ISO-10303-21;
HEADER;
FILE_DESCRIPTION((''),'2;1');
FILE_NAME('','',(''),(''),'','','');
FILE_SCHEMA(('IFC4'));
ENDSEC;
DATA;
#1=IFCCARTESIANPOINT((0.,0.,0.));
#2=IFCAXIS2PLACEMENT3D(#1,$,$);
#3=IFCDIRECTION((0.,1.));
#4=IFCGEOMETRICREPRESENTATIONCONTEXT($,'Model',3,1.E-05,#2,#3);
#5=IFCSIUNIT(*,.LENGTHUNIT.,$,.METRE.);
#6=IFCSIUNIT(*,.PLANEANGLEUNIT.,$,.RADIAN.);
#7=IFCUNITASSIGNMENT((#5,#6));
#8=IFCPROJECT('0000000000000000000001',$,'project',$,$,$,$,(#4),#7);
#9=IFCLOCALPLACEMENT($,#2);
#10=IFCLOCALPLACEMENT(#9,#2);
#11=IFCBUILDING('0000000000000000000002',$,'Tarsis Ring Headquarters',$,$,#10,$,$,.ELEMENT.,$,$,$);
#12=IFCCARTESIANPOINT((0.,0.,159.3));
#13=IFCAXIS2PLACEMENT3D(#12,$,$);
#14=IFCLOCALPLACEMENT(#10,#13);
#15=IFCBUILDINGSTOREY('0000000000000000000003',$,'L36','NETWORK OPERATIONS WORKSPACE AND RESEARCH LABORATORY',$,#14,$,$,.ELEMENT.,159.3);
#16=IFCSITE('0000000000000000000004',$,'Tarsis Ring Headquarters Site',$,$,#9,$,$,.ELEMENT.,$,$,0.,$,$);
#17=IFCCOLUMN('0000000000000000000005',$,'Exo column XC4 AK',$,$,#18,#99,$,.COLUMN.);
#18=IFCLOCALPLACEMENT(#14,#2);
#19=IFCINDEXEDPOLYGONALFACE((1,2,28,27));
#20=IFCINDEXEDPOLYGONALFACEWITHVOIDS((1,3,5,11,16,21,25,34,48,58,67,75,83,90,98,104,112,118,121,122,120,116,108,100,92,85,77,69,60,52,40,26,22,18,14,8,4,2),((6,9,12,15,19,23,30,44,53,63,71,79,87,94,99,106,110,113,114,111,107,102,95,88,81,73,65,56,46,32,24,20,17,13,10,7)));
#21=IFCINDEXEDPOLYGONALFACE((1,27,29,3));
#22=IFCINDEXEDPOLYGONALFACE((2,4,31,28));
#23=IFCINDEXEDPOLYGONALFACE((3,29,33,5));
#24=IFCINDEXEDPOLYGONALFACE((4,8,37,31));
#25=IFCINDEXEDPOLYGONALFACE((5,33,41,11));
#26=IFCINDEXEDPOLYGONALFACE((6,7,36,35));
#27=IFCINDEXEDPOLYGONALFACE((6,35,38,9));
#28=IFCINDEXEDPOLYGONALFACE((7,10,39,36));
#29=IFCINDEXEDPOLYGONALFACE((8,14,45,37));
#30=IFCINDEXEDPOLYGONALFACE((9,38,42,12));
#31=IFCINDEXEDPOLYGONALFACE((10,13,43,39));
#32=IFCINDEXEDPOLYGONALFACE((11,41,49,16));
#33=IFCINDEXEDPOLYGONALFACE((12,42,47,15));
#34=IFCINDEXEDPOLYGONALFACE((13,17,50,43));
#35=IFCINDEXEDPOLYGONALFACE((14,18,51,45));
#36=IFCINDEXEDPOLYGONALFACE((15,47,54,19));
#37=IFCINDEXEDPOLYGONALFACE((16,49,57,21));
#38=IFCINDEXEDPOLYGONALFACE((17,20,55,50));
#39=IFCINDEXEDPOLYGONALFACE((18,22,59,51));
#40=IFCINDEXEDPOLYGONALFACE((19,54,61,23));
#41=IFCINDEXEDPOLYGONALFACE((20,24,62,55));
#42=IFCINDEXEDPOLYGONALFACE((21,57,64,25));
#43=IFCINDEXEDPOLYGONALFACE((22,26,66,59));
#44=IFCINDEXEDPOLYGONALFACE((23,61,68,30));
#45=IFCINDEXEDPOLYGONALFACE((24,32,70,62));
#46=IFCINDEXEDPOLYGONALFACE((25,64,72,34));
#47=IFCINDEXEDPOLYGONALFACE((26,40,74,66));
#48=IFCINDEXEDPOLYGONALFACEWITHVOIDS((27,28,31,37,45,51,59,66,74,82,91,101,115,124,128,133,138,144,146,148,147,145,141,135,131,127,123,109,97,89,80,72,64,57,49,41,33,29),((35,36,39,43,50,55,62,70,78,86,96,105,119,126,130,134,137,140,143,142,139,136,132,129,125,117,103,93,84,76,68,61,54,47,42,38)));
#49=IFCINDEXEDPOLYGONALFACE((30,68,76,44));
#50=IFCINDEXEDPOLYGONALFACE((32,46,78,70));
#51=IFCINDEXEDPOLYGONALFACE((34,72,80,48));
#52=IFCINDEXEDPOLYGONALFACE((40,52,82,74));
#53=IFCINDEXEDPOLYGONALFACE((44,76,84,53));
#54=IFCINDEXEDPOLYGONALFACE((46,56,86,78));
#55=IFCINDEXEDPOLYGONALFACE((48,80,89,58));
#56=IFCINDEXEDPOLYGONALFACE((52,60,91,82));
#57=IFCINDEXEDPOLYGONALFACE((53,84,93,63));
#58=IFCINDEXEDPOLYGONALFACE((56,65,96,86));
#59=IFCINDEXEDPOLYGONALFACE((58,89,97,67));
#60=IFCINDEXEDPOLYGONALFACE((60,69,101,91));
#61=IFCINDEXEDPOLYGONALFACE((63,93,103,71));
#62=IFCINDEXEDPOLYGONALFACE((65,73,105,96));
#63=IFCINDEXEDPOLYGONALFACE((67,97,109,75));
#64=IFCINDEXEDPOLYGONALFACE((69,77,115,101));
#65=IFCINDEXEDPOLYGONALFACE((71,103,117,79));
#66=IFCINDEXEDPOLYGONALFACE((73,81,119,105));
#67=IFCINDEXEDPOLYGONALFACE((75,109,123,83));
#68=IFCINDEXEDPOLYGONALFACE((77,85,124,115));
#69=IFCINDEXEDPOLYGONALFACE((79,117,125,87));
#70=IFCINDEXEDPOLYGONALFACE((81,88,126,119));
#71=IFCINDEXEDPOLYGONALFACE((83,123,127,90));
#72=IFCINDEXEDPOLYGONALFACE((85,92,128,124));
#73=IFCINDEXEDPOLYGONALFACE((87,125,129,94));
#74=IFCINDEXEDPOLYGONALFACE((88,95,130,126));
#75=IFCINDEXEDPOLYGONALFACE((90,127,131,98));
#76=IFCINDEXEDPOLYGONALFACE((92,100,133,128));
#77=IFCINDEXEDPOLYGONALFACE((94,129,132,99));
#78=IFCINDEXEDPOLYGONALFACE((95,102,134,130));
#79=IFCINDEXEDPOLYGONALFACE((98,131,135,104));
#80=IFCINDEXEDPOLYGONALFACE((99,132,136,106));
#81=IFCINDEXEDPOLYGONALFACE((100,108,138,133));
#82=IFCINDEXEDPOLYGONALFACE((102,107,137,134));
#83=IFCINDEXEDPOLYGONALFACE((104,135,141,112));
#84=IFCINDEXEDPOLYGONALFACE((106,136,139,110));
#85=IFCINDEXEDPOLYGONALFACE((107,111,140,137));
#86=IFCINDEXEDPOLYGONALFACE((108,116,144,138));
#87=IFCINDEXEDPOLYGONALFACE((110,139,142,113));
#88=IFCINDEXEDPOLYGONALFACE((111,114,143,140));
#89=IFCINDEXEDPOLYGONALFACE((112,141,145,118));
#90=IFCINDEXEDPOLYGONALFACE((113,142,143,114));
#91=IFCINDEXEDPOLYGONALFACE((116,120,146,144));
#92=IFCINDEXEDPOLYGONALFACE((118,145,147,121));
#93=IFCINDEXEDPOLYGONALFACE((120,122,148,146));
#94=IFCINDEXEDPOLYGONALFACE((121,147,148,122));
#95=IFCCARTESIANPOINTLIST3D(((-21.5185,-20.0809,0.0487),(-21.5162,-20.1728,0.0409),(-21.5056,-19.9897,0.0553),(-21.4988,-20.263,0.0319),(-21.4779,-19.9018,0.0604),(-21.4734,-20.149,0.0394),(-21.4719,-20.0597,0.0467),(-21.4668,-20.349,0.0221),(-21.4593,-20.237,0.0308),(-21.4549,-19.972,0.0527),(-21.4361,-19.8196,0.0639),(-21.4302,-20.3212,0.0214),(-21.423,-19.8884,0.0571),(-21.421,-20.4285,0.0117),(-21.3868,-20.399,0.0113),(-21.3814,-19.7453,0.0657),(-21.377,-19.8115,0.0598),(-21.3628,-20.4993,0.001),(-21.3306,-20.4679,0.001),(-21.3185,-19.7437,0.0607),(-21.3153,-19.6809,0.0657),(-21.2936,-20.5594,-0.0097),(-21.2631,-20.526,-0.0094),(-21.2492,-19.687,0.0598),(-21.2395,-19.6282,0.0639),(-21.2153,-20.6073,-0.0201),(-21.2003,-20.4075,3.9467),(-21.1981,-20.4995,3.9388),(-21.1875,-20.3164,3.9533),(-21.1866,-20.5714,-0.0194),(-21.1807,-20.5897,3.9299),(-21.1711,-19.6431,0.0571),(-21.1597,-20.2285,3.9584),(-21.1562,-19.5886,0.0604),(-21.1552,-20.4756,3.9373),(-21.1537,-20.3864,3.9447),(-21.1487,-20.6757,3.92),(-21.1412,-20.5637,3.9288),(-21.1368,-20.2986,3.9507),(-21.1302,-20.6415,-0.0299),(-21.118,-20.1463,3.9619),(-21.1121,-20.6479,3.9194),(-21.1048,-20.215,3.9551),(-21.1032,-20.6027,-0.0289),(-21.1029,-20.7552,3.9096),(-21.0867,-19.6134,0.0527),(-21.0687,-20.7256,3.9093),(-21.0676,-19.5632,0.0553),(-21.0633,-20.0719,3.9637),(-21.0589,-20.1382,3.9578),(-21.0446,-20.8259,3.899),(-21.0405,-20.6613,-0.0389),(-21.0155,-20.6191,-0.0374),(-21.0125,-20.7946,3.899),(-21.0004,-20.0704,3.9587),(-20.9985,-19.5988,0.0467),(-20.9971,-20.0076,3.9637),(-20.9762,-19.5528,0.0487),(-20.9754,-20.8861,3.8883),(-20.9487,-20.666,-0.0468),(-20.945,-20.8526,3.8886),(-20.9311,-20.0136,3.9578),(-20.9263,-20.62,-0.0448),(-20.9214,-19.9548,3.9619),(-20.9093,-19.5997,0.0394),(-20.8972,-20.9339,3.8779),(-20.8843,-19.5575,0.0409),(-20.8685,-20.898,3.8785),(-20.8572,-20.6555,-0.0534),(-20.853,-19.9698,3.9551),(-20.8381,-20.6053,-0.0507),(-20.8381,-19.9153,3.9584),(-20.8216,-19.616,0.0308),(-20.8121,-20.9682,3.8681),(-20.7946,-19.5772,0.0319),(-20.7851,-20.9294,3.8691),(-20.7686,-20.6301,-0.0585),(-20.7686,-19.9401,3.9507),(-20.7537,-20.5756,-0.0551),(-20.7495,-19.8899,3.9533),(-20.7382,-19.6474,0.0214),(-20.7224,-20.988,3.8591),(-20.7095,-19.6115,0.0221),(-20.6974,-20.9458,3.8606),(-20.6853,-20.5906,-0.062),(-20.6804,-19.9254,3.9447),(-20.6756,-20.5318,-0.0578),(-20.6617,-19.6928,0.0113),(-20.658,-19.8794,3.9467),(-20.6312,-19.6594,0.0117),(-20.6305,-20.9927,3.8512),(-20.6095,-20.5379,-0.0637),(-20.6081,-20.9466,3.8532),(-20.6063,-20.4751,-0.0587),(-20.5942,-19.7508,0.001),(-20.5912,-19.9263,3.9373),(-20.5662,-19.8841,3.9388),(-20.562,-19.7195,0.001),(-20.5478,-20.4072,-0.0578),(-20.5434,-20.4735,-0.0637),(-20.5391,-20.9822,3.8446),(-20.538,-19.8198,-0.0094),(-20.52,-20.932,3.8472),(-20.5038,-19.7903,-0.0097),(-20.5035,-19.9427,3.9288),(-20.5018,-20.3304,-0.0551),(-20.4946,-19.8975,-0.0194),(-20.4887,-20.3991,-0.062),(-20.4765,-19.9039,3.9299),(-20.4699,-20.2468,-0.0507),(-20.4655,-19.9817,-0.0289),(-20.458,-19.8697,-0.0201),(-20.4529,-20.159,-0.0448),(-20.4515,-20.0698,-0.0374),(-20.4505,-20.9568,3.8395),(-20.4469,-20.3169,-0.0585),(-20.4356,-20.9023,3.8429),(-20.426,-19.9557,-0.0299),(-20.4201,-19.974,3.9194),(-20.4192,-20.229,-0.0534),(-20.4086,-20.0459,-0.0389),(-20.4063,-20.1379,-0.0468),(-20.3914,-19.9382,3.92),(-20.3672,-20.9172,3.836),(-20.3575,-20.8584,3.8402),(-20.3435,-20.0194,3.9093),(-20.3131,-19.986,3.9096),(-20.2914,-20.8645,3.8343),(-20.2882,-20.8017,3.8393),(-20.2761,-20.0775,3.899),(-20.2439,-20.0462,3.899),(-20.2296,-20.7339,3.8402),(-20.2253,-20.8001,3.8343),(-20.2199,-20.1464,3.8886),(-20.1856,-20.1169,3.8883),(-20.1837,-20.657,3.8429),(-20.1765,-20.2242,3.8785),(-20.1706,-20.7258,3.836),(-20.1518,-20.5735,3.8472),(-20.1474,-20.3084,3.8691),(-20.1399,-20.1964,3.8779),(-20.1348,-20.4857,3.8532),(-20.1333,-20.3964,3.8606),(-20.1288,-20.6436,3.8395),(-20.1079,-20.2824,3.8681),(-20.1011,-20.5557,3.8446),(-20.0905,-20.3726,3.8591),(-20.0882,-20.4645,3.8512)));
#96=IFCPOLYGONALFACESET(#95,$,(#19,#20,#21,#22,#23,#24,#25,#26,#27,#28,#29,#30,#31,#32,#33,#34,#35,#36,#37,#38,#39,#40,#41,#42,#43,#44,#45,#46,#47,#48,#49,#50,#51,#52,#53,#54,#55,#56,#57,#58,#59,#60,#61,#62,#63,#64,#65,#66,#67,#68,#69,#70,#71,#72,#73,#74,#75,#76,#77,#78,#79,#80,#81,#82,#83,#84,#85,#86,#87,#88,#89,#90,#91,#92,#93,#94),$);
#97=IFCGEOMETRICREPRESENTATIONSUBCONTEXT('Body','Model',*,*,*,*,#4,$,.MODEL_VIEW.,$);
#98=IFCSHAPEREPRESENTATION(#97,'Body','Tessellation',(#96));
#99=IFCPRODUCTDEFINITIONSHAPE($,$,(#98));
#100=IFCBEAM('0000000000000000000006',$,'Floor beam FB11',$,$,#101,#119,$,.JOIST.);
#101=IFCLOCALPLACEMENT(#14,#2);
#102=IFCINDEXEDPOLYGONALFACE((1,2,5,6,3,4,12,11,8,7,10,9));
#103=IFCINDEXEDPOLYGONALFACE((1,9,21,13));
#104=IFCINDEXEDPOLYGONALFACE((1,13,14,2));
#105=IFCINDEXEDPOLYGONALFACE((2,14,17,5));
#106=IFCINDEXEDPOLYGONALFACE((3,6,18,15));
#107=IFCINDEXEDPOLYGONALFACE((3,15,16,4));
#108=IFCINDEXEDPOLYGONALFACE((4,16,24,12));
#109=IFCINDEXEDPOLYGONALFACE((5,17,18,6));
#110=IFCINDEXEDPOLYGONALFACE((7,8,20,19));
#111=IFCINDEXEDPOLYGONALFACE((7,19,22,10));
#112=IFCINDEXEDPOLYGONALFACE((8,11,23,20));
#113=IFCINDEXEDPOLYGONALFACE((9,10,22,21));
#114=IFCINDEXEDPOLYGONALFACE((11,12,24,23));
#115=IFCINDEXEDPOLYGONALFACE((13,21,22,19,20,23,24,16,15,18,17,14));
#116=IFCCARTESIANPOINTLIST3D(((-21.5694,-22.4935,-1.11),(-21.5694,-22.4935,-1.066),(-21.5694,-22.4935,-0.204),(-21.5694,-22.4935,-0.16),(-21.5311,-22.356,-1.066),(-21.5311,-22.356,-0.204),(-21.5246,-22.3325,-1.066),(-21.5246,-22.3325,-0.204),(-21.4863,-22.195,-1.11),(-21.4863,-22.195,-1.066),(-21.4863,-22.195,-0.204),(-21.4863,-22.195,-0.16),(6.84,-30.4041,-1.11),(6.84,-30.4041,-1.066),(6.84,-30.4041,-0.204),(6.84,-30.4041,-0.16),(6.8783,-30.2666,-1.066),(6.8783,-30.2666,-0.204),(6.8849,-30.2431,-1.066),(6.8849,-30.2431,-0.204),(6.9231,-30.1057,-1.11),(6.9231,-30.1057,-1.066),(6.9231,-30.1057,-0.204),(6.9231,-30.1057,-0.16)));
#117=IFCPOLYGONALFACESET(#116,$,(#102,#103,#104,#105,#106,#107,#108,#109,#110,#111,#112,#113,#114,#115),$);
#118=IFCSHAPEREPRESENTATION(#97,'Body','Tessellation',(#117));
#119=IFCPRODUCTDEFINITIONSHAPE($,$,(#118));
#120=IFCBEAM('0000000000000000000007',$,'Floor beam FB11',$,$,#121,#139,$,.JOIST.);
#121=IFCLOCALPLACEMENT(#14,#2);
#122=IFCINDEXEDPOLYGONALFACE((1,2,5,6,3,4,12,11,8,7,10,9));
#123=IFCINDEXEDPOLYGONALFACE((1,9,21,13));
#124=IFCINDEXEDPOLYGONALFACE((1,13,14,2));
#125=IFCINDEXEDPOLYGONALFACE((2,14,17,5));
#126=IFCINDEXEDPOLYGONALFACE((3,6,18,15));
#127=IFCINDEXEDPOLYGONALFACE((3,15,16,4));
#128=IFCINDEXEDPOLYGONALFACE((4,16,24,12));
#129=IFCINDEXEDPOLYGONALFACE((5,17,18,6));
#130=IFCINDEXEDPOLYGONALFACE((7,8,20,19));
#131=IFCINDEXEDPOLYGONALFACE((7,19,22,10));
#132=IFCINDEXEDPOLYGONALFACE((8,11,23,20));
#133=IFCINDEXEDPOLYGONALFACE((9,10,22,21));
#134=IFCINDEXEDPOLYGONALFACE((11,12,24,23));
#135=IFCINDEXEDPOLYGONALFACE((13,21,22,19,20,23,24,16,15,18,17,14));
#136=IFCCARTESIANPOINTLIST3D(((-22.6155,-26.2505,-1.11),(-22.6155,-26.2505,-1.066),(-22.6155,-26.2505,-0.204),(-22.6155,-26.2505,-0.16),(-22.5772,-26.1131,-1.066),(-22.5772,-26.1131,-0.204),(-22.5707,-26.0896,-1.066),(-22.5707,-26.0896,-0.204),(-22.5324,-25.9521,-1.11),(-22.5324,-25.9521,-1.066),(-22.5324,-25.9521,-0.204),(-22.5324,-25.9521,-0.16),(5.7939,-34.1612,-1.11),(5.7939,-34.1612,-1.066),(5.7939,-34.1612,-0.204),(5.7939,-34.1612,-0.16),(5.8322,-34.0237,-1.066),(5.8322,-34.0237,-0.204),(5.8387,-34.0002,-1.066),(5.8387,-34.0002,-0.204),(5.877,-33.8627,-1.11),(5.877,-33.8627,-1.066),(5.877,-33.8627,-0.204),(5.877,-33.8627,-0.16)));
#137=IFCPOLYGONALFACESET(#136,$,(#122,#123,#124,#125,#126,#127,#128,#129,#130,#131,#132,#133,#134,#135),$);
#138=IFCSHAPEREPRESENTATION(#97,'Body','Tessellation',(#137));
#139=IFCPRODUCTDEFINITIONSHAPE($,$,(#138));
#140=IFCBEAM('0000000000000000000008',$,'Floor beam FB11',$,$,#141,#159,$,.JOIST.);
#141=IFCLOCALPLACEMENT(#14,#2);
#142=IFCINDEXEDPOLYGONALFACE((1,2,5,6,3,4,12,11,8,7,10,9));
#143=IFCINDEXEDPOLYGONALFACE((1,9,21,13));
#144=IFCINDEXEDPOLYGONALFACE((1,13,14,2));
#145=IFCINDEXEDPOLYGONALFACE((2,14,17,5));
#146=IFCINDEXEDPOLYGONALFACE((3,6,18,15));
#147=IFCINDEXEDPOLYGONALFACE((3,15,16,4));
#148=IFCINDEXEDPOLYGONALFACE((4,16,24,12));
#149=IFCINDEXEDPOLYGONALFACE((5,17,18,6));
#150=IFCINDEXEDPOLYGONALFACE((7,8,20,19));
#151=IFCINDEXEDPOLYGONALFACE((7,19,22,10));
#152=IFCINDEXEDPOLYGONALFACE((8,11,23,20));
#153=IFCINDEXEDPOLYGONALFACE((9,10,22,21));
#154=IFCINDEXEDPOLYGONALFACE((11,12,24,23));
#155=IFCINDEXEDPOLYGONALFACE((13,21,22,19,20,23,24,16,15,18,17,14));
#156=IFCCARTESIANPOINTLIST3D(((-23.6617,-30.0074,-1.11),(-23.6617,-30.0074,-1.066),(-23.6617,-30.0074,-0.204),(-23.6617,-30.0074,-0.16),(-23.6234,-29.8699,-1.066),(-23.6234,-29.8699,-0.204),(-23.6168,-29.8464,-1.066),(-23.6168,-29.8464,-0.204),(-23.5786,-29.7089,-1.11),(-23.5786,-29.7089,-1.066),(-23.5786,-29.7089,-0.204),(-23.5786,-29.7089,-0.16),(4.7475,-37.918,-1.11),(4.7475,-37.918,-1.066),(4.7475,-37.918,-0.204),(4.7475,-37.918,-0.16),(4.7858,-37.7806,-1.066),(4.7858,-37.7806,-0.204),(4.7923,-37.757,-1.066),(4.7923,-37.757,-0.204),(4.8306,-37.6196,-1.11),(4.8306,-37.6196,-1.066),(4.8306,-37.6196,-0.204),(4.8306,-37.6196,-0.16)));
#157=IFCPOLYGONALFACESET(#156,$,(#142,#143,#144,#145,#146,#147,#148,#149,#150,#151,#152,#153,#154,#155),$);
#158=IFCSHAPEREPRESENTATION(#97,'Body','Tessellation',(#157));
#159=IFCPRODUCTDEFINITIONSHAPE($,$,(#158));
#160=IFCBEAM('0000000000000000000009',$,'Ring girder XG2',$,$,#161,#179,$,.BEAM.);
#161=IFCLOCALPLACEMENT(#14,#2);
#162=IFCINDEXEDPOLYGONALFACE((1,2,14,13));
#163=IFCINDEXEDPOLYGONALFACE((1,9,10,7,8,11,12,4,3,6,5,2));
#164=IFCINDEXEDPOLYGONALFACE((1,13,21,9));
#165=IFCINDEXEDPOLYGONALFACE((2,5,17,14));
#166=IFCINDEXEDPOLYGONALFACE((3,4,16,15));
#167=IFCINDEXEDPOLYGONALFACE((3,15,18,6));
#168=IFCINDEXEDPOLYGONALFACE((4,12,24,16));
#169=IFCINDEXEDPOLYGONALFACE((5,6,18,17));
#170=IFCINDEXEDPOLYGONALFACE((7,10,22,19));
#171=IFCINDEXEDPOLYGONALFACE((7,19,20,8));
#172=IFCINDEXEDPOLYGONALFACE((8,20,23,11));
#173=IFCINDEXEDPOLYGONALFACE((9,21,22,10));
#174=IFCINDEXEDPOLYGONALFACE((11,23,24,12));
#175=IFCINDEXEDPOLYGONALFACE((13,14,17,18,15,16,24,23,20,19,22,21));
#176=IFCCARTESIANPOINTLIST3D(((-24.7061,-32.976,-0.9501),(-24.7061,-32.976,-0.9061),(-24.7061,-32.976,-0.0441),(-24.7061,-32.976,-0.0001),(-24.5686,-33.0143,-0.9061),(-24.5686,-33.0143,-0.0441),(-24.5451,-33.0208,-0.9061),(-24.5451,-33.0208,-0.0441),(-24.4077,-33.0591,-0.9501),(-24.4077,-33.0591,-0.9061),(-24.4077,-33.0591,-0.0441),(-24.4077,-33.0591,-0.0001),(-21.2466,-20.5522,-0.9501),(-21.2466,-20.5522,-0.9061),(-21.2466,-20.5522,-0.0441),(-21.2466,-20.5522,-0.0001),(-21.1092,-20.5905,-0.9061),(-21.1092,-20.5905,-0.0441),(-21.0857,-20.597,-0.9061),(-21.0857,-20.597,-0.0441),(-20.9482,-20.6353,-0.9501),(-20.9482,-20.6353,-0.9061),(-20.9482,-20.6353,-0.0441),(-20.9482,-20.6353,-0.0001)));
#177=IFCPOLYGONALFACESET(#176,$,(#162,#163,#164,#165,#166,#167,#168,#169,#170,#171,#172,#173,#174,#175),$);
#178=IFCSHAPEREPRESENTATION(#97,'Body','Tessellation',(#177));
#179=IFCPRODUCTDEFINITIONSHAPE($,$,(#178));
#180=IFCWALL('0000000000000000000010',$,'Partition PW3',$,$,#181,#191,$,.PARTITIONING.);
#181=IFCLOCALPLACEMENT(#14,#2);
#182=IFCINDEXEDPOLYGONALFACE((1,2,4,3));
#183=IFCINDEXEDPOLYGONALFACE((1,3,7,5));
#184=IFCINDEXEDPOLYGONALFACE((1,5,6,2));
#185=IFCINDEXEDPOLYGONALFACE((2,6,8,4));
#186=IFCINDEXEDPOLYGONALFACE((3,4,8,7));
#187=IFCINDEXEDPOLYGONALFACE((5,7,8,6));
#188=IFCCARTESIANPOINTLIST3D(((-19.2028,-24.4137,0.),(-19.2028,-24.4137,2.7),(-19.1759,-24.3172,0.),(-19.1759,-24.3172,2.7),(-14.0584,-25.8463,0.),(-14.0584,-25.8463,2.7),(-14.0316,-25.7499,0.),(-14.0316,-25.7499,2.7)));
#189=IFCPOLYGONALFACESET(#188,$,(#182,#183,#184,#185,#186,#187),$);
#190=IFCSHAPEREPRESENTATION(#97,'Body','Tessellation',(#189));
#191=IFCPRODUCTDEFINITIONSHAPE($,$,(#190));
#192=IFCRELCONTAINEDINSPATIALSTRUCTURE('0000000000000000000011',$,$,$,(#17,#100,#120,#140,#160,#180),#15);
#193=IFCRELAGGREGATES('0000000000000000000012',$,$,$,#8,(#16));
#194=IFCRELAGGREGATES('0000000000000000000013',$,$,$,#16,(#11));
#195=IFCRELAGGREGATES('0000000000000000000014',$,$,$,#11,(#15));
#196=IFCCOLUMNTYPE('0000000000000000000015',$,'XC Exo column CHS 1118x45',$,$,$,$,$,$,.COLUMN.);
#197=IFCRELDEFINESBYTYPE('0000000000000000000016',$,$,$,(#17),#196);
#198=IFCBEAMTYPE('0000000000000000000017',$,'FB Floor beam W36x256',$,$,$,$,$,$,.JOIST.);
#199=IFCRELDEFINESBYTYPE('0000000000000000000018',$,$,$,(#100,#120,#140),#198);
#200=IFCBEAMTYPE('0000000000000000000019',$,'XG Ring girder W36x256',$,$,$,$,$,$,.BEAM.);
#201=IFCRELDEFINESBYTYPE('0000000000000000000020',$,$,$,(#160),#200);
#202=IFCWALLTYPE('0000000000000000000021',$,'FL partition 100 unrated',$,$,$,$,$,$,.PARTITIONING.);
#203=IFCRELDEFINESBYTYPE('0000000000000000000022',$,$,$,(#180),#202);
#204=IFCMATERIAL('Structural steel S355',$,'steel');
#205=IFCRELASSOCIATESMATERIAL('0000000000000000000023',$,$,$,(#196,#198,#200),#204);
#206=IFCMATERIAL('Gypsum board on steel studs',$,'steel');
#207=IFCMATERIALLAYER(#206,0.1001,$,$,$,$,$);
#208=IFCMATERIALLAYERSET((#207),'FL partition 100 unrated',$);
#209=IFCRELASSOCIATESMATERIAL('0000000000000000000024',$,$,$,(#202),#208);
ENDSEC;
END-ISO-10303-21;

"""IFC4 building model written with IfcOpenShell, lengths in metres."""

from ifc_helpers import new_model, si_unit, direction, frame, frame_2d, origin, origin_2d, place, context, subcontext, project, spatial, rectangle, hollow_circle, i_section, extrude, material, layer, layer_set, material_profile, profile_set, type_object, element, save


model = new_model("IFC4")

# Units and contexts
model_context = context("Model", 3, precision=1e-05, world=origin(), true_north=direction((0.0, 1.0)))
body_context = subcontext(model_context, "Body", "Model", "MODEL_VIEW")
ifc_project = project(units=[si_unit("LENGTHUNIT", "METRE"), si_unit("PLANEANGLEUNIT", "RADIAN")], contexts=[model_context])

# Site, building, storey
site_placement = place(None, origin())
site = spatial("IfcSite", under=ifc_project, at=site_placement, Name="Tarsis Ring Headquarters Site", CompositionType="ELEMENT", RefElevation=0.0)
building_placement = place(site_placement, origin())
building = spatial("IfcBuilding", under=site, at=building_placement, Name="Tarsis Ring Headquarters", CompositionType="ELEMENT")
storey_placement = place(building_placement, frame((0.0, 0.0, 159.3)))
storey = spatial("IfcBuildingStorey", under=building, at=storey_placement, Name="L36", Description="NETWORK OPERATIONS WORKSPACE AND RESEARCH LABORATORY", CompositionType="ELEMENT", Elevation=159.3)

# Column
ifc_material_1 = material(Name="Structural steel S355", Category="steel")
ifc_material_profile_1 = material_profile(ifc_material_1, hollow_circle(Radius=0.5588, WallThickness=0.0449, at=origin_2d()), Name="CHS 1118x45")
ifc_profile_set_1 = profile_set([ifc_material_profile_1], Name="Structural steel S355")
column_type = type_object("IfcColumnType", Name="XC Exo column CHS 1118x45", PredefinedType="COLUMN", material=ifc_profile_set_1)
column_placement = place(storey_placement, frame((-20.9624, -20.1094, 0.001), z_axis=(0.081058, -0.083236, 0.993228), x_axis=(0.716415, 0.697675, 0.0)))
element("IfcColumn", 1, at=column_placement, inside=storey, type_object=column_type, Name="Exo column XC4 AK", PredefinedType="COLUMN", context=body_context, shape_type="SweptSolid", body=[
    extrude(hollow_circle(Radius=0.5588, WallThickness=0.0449, at=origin_2d()), origin(), (0.0, 0.0, 1.0), 3.9246),
])

# Beams
ifc_material_profile_2 = material_profile(ifc_material_1, i_section(OverallWidth=0.3098, OverallDepth=0.95, WebThickness=0.0244, FlangeThickness=0.0439, at=origin_2d()), Name="W36x256")
ifc_profile_set_2 = profile_set([ifc_material_profile_2], Name="Structural steel S355")
beam_type_1 = type_object("IfcBeamType", Name="FB Floor beam W36x256", PredefinedType="JOIST", material=ifc_profile_set_2)
for number, where, z_axis, x_axis, name in (
    (2, (-21.5278, -22.3442, -0.635), (0.96335, -0.268246, 0.0), (0.268246, 0.96335, 0.0), "Floor beam FB11"),
    (3, (-22.574, -26.1013, -0.635), (0.96335, -0.268246, 0.0), (0.268246, 0.96335, 0.0), "Floor beam FB11"),
):
    element("IfcBeam", number, at=place(storey_placement, frame(where, z_axis=z_axis, x_axis=x_axis)), inside=storey, type_object=beam_type_1, Name=name, PredefinedType="JOIST", context=body_context, shape_type="SweptSolid", body=[
        extrude(i_section(OverallWidth=0.3098, OverallDepth=0.95, WebThickness=0.0244, FlangeThickness=0.0439, at=origin_2d()), origin(), (0.0, 0.0, 1.0), 29.4902),
    ])
beam_1_placement = place(storey_placement, frame((-23.6201, -29.8582, -0.635), z_axis=(0.96335, -0.268248, 0.0), x_axis=(0.268248, 0.96335, 0.0)))
element("IfcBeam", 4, at=beam_1_placement, inside=storey, type_object=beam_type_1, Name="Floor beam FB11", PredefinedType="JOIST", context=body_context, shape_type="SweptSolid", body=[
    extrude(i_section(OverallWidth=0.3098, OverallDepth=0.95, WebThickness=0.0244, FlangeThickness=0.0439, at=origin_2d()), origin(), (0.0, 0.0, 1.0), 29.49),
])
beam_type_2 = type_object("IfcBeamType", Name="XG Ring girder W36x256", PredefinedType="BEAM", material=ifc_profile_set_2)
beam_2_placement = place(storey_placement, frame((-21.0974, -20.5938, -0.4751), z_axis=(-0.268249, -0.96335, 0.0), x_axis=(0.96335, -0.268249, 0.0)))
element("IfcBeam", 5, at=beam_2_placement, inside=storey, type_object=beam_type_2, Name="Ring girder XG2", PredefinedType="BEAM", context=body_context, shape_type="SweptSolid", body=[
    extrude(i_section(OverallWidth=0.3098, OverallDepth=0.95, WebThickness=0.0244, FlangeThickness=0.0439, at=origin_2d()), origin(), (0.0, 0.0, 1.0), 12.8965),
])

# Wall
ifc_material_2 = material(Name="Gypsum board on steel studs", Category="steel")
ifc_layer_1 = layer(ifc_material_2, 0.1001)
ifc_layer_set_1 = layer_set([ifc_layer_1], Name="FL partition 100 unrated")
wall_type_1 = type_object("IfcWallType", Name="FL partition 100 unrated", PredefinedType="PARTITIONING", material=ifc_layer_set_1)
wall_1_placement = place(storey_placement, frame((-19.1892, -24.3655, 0.0), z_axis=(0.0, 0.0, 1.0), x_axis=(0.963342, -0.268278, 0.0)))
element("IfcWall", 6, at=wall_1_placement, inside=storey, type_object=wall_type_1, Name="Partition PW3", PredefinedType="PARTITIONING", context=body_context, shape_type="SweptSolid", body=[
    extrude(rectangle(XDim=5.3401, YDim=0.1001, at=frame_2d((2.6699, 0.0))), origin(), (0.0, 0.0, 1.0), 2.7),
])

save(model, "model.ifc")
